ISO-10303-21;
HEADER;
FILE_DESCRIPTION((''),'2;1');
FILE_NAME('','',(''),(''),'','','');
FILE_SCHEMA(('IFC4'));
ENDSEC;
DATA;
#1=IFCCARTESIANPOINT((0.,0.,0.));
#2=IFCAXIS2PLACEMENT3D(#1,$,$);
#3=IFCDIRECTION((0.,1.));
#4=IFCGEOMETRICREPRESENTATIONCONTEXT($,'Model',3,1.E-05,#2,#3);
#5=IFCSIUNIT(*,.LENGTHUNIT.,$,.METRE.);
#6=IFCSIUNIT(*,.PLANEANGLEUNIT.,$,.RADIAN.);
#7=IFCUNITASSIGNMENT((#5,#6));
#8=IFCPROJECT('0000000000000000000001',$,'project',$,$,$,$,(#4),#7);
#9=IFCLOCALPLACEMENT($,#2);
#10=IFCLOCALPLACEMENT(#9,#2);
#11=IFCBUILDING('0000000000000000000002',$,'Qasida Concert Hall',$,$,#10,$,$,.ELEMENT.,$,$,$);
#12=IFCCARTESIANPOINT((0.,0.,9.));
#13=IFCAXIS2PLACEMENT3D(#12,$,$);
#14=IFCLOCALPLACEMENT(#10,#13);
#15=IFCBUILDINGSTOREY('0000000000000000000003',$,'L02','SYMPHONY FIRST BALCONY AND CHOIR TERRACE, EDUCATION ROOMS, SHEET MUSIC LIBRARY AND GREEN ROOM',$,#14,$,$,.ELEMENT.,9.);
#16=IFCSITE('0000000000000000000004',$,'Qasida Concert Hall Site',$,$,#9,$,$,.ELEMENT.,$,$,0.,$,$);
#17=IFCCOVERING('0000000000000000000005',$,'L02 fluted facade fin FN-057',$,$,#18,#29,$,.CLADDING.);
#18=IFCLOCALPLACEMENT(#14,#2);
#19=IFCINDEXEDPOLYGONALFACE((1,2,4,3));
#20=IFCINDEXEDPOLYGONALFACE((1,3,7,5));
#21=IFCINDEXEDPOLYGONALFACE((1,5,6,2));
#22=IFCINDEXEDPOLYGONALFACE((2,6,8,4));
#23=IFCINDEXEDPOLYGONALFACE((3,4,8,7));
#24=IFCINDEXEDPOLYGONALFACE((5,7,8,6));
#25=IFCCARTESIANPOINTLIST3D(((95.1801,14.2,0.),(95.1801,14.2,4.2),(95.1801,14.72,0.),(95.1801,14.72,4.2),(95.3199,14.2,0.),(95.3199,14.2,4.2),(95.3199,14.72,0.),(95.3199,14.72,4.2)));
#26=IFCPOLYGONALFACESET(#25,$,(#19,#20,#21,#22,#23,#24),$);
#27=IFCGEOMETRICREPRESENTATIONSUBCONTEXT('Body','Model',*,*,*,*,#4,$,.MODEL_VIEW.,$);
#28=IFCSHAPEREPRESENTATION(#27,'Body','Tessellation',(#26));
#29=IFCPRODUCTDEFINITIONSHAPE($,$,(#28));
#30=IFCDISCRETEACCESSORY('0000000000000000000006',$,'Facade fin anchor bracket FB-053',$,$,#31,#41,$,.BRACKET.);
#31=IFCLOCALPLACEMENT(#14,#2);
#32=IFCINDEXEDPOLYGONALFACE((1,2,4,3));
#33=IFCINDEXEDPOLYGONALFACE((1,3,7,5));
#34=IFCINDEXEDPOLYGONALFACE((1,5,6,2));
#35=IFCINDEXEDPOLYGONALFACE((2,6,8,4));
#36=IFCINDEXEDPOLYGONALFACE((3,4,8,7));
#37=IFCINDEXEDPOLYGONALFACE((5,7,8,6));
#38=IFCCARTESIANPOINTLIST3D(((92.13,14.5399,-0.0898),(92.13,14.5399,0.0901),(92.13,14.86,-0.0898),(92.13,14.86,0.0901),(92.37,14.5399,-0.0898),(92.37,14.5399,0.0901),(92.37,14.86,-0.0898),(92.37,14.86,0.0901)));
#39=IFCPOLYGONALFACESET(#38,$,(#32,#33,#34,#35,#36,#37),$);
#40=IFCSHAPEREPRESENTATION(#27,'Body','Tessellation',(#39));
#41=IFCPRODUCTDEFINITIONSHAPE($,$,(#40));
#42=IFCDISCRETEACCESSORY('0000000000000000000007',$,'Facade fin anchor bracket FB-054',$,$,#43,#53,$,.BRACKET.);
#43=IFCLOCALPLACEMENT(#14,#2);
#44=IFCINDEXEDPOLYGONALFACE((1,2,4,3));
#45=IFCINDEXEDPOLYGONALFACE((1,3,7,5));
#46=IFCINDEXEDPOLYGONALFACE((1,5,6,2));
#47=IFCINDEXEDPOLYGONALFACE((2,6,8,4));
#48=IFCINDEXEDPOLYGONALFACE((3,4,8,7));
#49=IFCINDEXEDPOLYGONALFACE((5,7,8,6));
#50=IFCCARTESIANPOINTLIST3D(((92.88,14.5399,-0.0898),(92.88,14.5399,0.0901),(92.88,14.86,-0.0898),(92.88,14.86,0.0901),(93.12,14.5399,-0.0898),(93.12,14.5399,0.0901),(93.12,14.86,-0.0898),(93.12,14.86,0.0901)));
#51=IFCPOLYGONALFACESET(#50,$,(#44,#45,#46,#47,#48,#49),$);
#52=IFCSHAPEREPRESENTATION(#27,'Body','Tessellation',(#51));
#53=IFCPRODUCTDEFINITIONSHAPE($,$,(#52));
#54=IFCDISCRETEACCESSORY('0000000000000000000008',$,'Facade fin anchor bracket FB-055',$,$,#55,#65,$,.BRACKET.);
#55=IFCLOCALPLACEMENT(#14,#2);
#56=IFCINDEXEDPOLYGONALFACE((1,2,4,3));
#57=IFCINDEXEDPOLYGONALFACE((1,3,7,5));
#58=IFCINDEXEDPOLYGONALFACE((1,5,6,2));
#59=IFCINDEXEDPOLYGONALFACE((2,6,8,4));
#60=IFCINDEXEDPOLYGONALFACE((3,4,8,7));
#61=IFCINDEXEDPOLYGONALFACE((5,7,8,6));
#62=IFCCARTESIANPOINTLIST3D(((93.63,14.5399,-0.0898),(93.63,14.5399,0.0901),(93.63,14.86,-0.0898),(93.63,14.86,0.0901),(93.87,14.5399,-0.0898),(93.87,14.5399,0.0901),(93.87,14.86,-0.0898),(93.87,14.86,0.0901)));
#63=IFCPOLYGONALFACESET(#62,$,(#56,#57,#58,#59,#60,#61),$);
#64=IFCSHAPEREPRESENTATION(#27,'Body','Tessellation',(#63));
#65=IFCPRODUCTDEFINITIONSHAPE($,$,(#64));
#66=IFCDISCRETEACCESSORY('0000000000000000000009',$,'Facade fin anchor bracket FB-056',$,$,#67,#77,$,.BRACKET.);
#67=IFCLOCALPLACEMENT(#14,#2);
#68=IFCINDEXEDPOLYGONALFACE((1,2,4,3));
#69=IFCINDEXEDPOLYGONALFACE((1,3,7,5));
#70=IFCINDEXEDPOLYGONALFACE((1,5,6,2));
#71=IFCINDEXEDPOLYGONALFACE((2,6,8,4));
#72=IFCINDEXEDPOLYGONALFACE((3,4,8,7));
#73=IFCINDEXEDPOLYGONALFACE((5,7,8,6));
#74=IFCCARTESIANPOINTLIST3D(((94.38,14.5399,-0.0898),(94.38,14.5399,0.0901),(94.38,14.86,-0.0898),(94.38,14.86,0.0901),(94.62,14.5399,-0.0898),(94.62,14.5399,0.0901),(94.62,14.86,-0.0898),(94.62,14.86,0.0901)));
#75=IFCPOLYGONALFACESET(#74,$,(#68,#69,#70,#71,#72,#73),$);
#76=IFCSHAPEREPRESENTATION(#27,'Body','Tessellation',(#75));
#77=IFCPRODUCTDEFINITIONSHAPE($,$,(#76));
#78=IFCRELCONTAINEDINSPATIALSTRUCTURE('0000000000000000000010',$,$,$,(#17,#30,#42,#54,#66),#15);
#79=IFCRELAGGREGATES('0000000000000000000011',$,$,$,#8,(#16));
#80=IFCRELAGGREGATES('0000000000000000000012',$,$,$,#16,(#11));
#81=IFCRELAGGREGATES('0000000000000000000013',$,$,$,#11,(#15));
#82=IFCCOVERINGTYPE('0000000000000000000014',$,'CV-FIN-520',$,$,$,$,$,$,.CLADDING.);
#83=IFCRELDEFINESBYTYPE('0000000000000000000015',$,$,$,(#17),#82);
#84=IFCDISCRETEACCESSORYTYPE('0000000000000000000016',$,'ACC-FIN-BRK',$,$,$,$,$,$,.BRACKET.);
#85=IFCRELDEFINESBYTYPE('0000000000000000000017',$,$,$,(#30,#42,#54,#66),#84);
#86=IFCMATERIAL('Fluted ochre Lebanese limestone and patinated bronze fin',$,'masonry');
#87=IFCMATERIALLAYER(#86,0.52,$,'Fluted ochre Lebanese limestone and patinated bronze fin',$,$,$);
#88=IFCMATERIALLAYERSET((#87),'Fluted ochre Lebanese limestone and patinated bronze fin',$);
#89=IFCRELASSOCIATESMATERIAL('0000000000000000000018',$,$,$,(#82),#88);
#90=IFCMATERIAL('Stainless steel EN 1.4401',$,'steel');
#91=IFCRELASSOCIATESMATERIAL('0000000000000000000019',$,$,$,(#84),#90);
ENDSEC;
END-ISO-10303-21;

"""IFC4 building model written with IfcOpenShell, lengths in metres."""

from ifc_helpers import new_model, si_unit, direction, frame, origin, origin_2d, place, context, subcontext, project, spatial, rectangle, extrude, material, layer, layer_set, type_object, element, save


model = new_model("IFC4")

# Units and contexts
model_context = context("Model", 3, precision=1e-05, world=origin(), true_north=direction((0.0, 1.0)))
body_context = subcontext(model_context, "Body", "Model", "MODEL_VIEW")
ifc_project = project(units=[si_unit("LENGTHUNIT", "METRE"), si_unit("PLANEANGLEUNIT", "RADIAN")], contexts=[model_context])

# Site, building, storey
site_placement = place(None, origin())
site = spatial("IfcSite", under=ifc_project, at=site_placement, Name="Qasida Concert Hall Site", CompositionType="ELEMENT", RefElevation=0.0)
building_placement = place(site_placement, origin())
building = spatial("IfcBuilding", under=site, at=building_placement, Name="Qasida Concert Hall", CompositionType="ELEMENT")
storey_placement = place(building_placement, frame((0.0, 0.0, 9.0)))
storey = spatial("IfcBuildingStorey", under=building, at=storey_placement, Name="L02", Description="SYMPHONY FIRST BALCONY AND CHOIR TERRACE, EDUCATION ROOMS, SHEET MUSIC LIBRARY AND GREEN ROOM", CompositionType="ELEMENT", Elevation=9.0)

# Covering
ifc_material_1 = material(Name="Fluted ochre Lebanese limestone and patinated bronze fin", Category="masonry")
ifc_layer_1 = layer(ifc_material_1, 0.52, Name="Fluted ochre Lebanese limestone and patinated bronze fin")
ifc_layer_set_1 = layer_set([ifc_layer_1], Name="Fluted ochre Lebanese limestone and patinated bronze fin")
covering_type = type_object("IfcCoveringType", Name="CV-FIN-520", PredefinedType="CLADDING", material=ifc_layer_set_1)
for number, where, z_axis, x_axis, name in (
    (1, (95.25, 14.46, 0.0), (0.0, 0.0, 1.0), (1.0, 0.0, 0.0), "L02 fluted facade fin FN-057"),
):
    element("IfcCovering", number, at=place(storey_placement, frame(where, z_axis=z_axis, x_axis=x_axis)), inside=storey, type_object=covering_type, Name=name, PredefinedType="CLADDING", context=body_context, shape_type="SweptSolid", body=[
        extrude(rectangle(XDim=0.1399, YDim=0.52, at=origin_2d()), origin(), (0.0, 0.0, 1.0), 4.2),
    ])

# Discrete accessories
ifc_material_2 = material(Name="Stainless steel EN 1.4401", Category="steel")
discrete_accessory_type = type_object("IfcDiscreteAccessoryType", Name="ACC-FIN-BRK", PredefinedType="BRACKET", material=ifc_material_2)
for number, where, z_axis, x_axis, name in (
    (2, (92.25, 14.7, -0.0898), (0.0, 0.0, 1.0), (1.0, 0.0, 0.0), "Facade fin anchor bracket FB-053"),
    (3, (93.0, 14.7, -0.0898), (0.0, 0.0, 1.0), (1.0, 0.0, 0.0), "Facade fin anchor bracket FB-054"),
    (4, (93.75, 14.7, -0.0898), (0.0, 0.0, 1.0), (1.0, 0.0, 0.0), "Facade fin anchor bracket FB-055"),
    (5, (94.5, 14.7, -0.0898), (0.0, 0.0, 1.0), (1.0, 0.0, 0.0), "Facade fin anchor bracket FB-056"),
):
    element("IfcDiscreteAccessory", number, at=place(storey_placement, frame(where, z_axis=z_axis, x_axis=x_axis)), inside=storey, type_object=discrete_accessory_type, Name=name, PredefinedType="BRACKET", context=body_context, shape_type="SweptSolid", body=[
        extrude(rectangle(XDim=0.24, YDim=0.3201, at=origin_2d()), origin(), (0.0, 0.0, 1.0), 0.1799),
    ])

save(model, "model.ifc")
